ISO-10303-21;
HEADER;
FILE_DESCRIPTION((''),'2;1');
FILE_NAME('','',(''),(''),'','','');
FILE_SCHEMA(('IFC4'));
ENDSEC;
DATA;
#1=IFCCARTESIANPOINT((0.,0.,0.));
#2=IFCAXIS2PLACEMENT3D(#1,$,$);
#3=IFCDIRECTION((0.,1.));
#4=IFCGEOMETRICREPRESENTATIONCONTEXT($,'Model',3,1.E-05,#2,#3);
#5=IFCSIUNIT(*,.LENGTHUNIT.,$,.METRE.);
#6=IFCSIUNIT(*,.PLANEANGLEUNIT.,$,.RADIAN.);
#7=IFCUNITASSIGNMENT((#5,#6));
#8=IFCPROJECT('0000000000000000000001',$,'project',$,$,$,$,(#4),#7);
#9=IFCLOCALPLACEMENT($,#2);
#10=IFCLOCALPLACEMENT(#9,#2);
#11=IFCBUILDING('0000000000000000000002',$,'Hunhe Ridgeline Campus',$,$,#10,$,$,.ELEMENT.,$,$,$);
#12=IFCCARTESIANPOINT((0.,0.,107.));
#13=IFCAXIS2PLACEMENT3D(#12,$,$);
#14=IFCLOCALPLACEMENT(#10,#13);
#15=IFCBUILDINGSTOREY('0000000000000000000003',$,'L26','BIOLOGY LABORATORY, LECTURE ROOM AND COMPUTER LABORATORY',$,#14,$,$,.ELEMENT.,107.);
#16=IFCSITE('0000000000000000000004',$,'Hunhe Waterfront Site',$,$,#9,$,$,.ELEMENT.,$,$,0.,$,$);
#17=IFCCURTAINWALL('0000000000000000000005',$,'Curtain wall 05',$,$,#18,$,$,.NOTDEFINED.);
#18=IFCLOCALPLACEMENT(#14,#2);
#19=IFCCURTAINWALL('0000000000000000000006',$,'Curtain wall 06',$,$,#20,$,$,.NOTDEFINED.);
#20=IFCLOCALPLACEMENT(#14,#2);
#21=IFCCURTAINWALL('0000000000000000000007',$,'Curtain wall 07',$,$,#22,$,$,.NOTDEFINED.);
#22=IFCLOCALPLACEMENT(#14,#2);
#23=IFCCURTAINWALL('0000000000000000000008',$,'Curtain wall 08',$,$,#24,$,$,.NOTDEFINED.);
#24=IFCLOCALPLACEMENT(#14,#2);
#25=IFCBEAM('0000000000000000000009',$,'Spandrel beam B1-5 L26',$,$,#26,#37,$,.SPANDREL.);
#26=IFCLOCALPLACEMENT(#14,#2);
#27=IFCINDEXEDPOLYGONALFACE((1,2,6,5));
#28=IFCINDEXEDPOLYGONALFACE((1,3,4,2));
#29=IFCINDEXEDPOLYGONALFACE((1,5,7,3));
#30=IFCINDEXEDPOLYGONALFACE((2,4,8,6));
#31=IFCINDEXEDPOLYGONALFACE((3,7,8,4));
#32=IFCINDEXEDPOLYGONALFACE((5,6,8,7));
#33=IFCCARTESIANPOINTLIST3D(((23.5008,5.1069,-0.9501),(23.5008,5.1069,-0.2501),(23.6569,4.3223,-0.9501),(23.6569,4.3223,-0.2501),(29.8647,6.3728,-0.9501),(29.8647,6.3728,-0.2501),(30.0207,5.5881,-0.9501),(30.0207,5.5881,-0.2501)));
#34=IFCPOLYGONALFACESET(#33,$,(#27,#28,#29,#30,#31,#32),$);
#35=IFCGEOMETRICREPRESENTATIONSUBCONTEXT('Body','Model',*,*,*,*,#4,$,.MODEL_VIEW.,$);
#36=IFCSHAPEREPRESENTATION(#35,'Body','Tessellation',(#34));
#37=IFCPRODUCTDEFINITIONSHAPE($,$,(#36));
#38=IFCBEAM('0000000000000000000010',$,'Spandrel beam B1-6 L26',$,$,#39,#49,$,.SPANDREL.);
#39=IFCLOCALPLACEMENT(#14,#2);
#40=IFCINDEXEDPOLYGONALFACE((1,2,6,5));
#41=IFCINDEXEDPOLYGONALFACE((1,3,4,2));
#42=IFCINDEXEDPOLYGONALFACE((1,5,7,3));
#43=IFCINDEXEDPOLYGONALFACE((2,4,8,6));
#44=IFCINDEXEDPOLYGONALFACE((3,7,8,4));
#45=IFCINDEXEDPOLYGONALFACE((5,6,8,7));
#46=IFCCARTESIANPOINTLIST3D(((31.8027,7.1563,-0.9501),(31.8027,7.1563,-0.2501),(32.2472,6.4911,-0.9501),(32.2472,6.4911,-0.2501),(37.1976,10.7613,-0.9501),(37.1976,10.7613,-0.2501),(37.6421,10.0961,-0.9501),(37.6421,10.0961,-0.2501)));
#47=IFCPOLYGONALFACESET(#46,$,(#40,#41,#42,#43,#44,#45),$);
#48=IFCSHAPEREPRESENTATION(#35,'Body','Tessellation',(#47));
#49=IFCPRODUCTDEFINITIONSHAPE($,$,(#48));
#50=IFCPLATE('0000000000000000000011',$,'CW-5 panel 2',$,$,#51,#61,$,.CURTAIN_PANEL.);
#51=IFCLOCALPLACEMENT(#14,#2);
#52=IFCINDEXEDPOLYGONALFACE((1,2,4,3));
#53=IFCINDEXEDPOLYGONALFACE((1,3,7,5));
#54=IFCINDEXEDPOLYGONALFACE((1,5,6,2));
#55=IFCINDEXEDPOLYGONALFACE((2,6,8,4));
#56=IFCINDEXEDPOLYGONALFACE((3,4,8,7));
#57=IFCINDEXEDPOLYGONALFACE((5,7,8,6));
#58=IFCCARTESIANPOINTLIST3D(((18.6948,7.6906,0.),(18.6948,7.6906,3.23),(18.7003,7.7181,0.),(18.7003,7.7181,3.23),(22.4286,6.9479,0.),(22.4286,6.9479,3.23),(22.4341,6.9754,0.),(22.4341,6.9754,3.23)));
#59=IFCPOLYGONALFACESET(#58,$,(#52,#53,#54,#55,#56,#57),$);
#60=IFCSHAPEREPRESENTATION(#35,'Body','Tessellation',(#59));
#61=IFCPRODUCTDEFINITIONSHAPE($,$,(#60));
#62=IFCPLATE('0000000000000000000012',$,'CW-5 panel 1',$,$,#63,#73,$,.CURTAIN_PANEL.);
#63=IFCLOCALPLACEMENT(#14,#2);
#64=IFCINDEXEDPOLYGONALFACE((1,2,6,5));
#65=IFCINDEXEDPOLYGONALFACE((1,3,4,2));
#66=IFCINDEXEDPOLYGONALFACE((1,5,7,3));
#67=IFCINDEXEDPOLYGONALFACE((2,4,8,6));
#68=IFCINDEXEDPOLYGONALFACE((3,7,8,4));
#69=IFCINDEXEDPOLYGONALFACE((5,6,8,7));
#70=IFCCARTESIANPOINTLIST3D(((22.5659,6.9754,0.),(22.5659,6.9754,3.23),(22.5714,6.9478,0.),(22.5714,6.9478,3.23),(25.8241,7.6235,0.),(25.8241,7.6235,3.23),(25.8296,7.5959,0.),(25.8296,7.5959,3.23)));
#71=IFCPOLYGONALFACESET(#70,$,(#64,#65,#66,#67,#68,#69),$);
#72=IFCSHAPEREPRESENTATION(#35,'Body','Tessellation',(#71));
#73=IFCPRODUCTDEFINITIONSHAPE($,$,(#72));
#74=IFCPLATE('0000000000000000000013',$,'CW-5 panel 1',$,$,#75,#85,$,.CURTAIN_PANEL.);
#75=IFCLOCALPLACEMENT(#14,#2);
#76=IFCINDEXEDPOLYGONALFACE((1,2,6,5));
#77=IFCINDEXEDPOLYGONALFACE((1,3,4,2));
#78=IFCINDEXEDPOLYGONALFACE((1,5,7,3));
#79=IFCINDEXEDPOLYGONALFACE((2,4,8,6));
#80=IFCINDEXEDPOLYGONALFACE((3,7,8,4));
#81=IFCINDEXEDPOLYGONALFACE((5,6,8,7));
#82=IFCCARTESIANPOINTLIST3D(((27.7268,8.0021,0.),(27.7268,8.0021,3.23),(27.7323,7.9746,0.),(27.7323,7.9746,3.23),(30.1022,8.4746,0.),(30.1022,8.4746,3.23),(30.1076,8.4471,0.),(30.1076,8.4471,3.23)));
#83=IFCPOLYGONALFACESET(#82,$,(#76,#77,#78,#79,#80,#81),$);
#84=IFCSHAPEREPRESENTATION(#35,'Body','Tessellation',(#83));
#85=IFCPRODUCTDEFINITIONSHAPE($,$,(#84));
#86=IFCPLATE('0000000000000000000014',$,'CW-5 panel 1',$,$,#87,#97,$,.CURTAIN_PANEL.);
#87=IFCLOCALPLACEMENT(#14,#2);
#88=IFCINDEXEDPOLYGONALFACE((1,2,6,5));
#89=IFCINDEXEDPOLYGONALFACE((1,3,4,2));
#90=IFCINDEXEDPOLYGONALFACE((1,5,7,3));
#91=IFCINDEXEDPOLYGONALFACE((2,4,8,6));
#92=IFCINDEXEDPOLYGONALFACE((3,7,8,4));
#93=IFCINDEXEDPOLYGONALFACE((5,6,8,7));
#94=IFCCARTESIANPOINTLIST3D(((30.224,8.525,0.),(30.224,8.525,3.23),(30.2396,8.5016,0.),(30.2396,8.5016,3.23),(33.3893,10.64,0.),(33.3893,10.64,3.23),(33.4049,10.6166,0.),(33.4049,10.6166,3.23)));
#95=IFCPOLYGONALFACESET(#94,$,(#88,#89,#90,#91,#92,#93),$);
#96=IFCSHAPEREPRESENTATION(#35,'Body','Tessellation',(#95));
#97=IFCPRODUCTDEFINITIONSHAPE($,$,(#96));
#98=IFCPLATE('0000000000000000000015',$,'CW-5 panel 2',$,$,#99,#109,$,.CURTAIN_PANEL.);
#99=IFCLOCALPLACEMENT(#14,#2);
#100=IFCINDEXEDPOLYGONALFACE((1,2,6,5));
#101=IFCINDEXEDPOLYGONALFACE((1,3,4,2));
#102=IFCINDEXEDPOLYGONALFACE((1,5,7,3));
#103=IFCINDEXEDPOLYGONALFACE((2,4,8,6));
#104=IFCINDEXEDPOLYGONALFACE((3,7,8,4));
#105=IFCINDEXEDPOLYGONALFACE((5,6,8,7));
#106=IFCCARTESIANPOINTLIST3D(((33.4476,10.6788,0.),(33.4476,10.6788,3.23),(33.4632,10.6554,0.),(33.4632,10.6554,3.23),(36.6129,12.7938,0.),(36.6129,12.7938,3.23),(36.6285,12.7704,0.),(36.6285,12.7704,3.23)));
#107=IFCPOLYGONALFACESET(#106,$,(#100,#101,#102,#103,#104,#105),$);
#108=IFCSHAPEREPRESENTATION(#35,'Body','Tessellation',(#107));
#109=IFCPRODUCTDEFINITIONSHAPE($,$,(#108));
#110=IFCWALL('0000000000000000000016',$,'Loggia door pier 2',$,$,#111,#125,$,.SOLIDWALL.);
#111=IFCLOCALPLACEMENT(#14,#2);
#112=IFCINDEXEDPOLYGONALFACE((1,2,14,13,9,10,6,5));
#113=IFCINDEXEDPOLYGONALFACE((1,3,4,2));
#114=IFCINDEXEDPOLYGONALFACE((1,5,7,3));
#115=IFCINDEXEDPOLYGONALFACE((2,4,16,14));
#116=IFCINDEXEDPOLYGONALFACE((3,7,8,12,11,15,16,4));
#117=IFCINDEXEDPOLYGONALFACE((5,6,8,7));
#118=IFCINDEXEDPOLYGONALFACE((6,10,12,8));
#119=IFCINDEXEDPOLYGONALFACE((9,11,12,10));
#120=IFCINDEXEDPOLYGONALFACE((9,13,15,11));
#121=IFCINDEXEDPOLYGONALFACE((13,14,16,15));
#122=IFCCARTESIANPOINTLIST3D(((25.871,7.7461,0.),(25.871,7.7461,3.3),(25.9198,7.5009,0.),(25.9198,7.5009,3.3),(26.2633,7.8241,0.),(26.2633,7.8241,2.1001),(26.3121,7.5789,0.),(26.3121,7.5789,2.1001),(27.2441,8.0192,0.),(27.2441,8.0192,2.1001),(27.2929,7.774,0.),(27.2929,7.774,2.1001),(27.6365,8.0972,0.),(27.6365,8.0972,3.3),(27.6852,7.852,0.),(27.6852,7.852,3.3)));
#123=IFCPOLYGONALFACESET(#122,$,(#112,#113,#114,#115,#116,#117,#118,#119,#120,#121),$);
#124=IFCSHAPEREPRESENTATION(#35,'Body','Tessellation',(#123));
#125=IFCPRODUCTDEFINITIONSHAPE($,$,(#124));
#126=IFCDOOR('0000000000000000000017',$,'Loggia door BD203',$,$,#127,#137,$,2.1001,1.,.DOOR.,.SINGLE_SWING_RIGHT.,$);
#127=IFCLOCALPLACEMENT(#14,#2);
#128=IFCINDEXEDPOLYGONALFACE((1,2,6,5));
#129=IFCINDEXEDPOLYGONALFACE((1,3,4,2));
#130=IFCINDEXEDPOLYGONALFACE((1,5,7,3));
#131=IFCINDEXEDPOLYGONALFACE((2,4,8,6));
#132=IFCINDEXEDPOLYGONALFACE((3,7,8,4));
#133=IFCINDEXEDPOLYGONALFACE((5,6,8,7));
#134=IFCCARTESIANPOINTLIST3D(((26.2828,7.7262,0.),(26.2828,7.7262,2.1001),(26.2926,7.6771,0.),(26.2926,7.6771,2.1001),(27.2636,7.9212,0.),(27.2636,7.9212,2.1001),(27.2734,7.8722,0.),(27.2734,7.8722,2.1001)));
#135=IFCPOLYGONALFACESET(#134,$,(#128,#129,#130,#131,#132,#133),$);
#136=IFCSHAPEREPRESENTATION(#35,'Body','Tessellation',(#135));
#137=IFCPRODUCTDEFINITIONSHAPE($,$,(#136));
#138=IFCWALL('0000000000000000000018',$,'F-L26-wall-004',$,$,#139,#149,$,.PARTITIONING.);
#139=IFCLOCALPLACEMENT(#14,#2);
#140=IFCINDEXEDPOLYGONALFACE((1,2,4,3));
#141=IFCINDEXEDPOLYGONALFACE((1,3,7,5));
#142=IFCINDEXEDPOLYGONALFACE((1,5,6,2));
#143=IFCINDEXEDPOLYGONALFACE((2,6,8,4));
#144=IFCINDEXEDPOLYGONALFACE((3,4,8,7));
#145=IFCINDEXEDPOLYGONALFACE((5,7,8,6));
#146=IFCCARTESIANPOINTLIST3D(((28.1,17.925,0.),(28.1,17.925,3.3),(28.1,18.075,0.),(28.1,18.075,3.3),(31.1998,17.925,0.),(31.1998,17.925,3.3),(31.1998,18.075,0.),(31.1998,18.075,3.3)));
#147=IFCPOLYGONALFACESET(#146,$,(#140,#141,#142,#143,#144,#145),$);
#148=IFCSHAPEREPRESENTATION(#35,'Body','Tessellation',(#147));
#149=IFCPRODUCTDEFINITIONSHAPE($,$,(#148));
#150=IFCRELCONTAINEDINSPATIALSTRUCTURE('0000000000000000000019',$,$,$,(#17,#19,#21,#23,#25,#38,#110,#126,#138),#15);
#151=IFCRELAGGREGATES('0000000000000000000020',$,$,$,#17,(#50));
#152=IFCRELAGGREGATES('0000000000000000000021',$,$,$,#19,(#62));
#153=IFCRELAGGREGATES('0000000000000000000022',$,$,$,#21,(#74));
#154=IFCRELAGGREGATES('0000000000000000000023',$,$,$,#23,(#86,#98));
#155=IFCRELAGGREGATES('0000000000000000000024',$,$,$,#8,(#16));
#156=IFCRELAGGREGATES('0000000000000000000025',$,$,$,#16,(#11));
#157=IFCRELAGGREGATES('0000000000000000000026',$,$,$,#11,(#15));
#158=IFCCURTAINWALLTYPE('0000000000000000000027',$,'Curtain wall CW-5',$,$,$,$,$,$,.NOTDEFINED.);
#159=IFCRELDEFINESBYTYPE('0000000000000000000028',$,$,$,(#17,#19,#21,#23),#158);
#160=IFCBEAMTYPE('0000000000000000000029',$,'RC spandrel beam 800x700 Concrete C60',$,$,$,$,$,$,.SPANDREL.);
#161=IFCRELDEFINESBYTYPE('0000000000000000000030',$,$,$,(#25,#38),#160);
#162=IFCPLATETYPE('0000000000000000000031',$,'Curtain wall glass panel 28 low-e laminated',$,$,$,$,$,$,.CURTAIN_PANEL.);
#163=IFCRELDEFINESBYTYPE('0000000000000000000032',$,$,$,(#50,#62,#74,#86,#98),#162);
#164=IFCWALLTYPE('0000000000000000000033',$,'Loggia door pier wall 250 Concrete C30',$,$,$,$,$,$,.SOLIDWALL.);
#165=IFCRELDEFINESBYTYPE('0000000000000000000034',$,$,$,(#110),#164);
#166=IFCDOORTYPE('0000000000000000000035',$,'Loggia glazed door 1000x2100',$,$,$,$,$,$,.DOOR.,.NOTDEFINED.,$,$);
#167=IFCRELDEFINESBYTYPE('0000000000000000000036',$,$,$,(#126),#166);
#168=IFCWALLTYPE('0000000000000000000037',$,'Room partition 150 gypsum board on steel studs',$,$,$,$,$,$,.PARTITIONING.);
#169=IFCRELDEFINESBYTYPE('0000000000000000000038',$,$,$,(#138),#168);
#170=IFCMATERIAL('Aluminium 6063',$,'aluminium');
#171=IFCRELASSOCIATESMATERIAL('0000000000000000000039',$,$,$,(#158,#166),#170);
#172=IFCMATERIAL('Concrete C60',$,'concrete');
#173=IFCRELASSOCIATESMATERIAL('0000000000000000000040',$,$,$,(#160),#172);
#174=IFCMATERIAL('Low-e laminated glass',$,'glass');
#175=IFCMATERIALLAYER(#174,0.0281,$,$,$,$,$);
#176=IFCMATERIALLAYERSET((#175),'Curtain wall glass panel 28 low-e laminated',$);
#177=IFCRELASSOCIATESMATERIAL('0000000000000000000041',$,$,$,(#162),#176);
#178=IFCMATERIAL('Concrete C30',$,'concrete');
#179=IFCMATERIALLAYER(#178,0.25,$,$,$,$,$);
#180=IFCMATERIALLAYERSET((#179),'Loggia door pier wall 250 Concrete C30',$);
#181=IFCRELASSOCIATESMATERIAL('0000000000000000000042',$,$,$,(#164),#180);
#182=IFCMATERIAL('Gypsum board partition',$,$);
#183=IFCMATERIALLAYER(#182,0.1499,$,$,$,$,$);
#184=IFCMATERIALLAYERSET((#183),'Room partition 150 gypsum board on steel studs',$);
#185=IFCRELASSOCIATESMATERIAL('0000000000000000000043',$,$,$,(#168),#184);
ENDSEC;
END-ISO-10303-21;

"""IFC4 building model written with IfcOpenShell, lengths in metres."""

from ifc_helpers import new_model, si_unit, direction, frame, frame_2d, origin, origin_2d, place, context, subcontext, project, spatial, rectangle, extrude, material, layer, layer_set, material_profile, profile_set, type_object, element, fill, aggregate, save


model = new_model("IFC4")

# Units and contexts
model_context = context("Model", 3, precision=1e-05, world=origin(), true_north=direction((0.0, 1.0)))
body_context = subcontext(model_context, "Body", "Model", "MODEL_VIEW")
ifc_project = project(units=[si_unit("LENGTHUNIT", "METRE"), si_unit("PLANEANGLEUNIT", "RADIAN")], contexts=[model_context])

# Site, building, storey
site_placement = place(None, origin())
site = spatial("IfcSite", under=ifc_project, at=site_placement, Name="Hunhe Waterfront Site", CompositionType="ELEMENT", RefElevation=0.0)
building_placement = place(site_placement, origin())
building = spatial("IfcBuilding", under=site, at=building_placement, Name="Hunhe Ridgeline Campus", CompositionType="ELEMENT")
storey_placement = place(building_placement, frame((0.0, 0.0, 107.0)))
storey = spatial("IfcBuildingStorey", under=building, at=storey_placement, Name="L26", Description="BIOLOGY LABORATORY, LECTURE ROOM AND COMPUTER LABORATORY", CompositionType="ELEMENT", Elevation=107.0)

# Curtain wall
ifc_material_1 = material(Name="Aluminium 6063", Category="aluminium")
curtain_wall_type = type_object("IfcCurtainWallType", Name="Curtain wall CW-5", PredefinedType="NOTDEFINED", material=ifc_material_1)
curtain_wall_1_placement = place(storey_placement, origin())
curtain_wall_1 = element("IfcCurtainWall", 1, at=curtain_wall_1_placement, inside=storey, type_object=curtain_wall_type, Name="Curtain wall 05", PredefinedType="NOTDEFINED")

# Curtain walls
curtain_wall_2_placement = place(storey_placement, origin())
curtain_wall_2 = element("IfcCurtainWall", 2, at=curtain_wall_2_placement, inside=storey, type_object=curtain_wall_type, Name="Curtain wall 06", PredefinedType="NOTDEFINED")
curtain_wall_3_placement = place(storey_placement, origin())
curtain_wall_3 = element("IfcCurtainWall", 3, at=curtain_wall_3_placement, inside=storey, type_object=curtain_wall_type, Name="Curtain wall 07", PredefinedType="NOTDEFINED")
curtain_wall_4_placement = place(storey_placement, origin())
curtain_wall_4 = element("IfcCurtainWall", 4, at=curtain_wall_4_placement, inside=storey, type_object=curtain_wall_type, Name="Curtain wall 08", PredefinedType="NOTDEFINED")

# Beams
ifc_material_2 = material(Name="Concrete C60", Category="concrete")
ifc_material_profile_1 = material_profile(ifc_material_2, rectangle(XDim=0.8, YDim=0.7, at=origin_2d()))
ifc_profile_set_1 = profile_set([ifc_material_profile_1], Name="Concrete C60")
beam_type = type_object("IfcBeamType", Name="RC spandrel beam 800x700 Concrete C60", PredefinedType="SPANDREL", material=ifc_profile_set_1)
for number, where, z_axis, x_axis, name in (
    (5, (23.5789, 4.7146, -0.6001), (0.980784, 0.195096, 0.0), (-0.195096, 0.980784, 0.0), "Spandrel beam B1-5 L26"),
    (6, (32.0249, 6.8237, -0.6001), (0.831459, 0.555586, 0.0), (-0.555586, 0.831459, 0.0), "Spandrel beam B1-6 L26"),
):
    element("IfcBeam", number, at=place(storey_placement, frame(where, z_axis=z_axis, x_axis=x_axis)), inside=storey, type_object=beam_type, Name=name, PredefinedType="SPANDREL", context=body_context, shape_type="SweptSolid", body=[
        extrude(rectangle(XDim=0.8, YDim=0.7, at=origin_2d()), origin(), (0.0, 0.0, 1.0), 6.4885),
    ])

# Plates
ifc_material_3 = material(Name="Low-e laminated glass", Category="glass")
ifc_layer_1 = layer(ifc_material_3, 0.0281)
ifc_layer_set_1 = layer_set([ifc_layer_1], Name="Curtain wall glass panel 28 low-e laminated")
plate_type = type_object("IfcPlateType", Name="Curtain wall glass panel 28 low-e laminated", PredefinedType="CURTAIN_PANEL", material=ifc_layer_set_1)
plate_1_placement = place(storey_placement, frame((20.5645, 7.333, 0.0), z_axis=(0.0, 0.0, 1.0), x_axis=(0.980785, -0.19509, 0.0)))
plate_1 = element("IfcPlate", 7, at=plate_1_placement, type_object=plate_type, Name="CW-5 panel 2", PredefinedType="CURTAIN_PANEL", context=body_context, shape_type="SweptSolid", body=[
    extrude(rectangle(XDim=3.8069, YDim=0.0281, at=origin_2d()), origin(), (0.0, 0.0, 1.0), 3.23),
])
aggregate(curtain_wall_1, [plate_1])
plate_2_placement = place(storey_placement, frame((24.1978, 7.2856, 0.0), z_axis=(0.0, 0.0, 1.0), x_axis=(0.980785, 0.19509, 0.0)))
plate_2 = element("IfcPlate", 8, at=plate_2_placement, type_object=plate_type, Name="CW-5 panel 1", PredefinedType="CURTAIN_PANEL", context=body_context, shape_type="SweptSolid", body=[
    extrude(rectangle(XDim=3.322, YDim=0.0281, at=origin_2d()), origin(), (0.0, 0.0, 1.0), 3.23),
])
aggregate(curtain_wall_2, [plate_2])
plate_3_placement = place(storey_placement, frame((28.9172, 8.2246, 0.0), z_axis=(0.0, 0.0, 1.0), x_axis=(0.980785, 0.195091, 0.0)))
plate_3 = element("IfcPlate", 9, at=plate_3_placement, type_object=plate_type, Name="CW-5 panel 1", PredefinedType="CURTAIN_PANEL", context=body_context, shape_type="SweptSolid", body=[
    extrude(rectangle(XDim=2.4219, YDim=0.0281, at=origin_2d()), origin(), (0.0, 0.0, 1.0), 3.23),
])
aggregate(curtain_wall_3, [plate_3])
plate_4_placement = place(storey_placement, frame((31.8145, 9.5708, 0.0), z_axis=(0.0, 0.0, 1.0), x_axis=(0.83147, 0.55557, 0.0)))
plate_4 = element("IfcPlate", 10, at=plate_4_placement, type_object=plate_type, Name="CW-5 panel 1", PredefinedType="CURTAIN_PANEL", context=body_context, shape_type="SweptSolid", body=[
    extrude(rectangle(XDim=3.8069, YDim=0.0281, at=origin_2d()), origin(), (0.0, 0.0, 1.0), 3.23),
])
plate_5_placement = place(storey_placement, frame((35.0381, 11.7246, 0.0), z_axis=(0.0, 0.0, 1.0), x_axis=(0.83147, 0.55557, 0.0)))
plate_5 = element("IfcPlate", 11, at=plate_5_placement, type_object=plate_type, Name="CW-5 panel 2", PredefinedType="CURTAIN_PANEL", context=body_context, shape_type="SweptSolid", body=[
    extrude(rectangle(XDim=3.8069, YDim=0.0281, at=origin_2d()), origin(), (0.0, 0.0, 1.0), 3.23),
])
aggregate(curtain_wall_4, [plate_4, plate_5])

# Wall, opening, door
ifc_material_4 = material(Name="Gypsum board partition")
ifc_material_5 = material(Name="Concrete C30", Category="concrete")
ifc_layer_2 = layer(ifc_material_5, 0.25)
ifc_layer_set_2 = layer_set([ifc_layer_2], Name="Loggia door pier wall 250 Concrete C30")
wall_type_1 = type_object("IfcWallType", Name="Loggia door pier wall 250 Concrete C30", PredefinedType="SOLIDWALL", material=ifc_layer_set_2)
wall_1_placement = place(storey_placement, frame((25.8955, 7.6235, 0.0), z_axis=(0.0, 0.0, 1.0), x_axis=(0.980794, 0.195047, 0.0)))
wall_1 = element("IfcWall", 12, at=wall_1_placement, inside=storey, type_object=wall_type_1, Name="Loggia door pier 2", PredefinedType="SOLIDWALL", context=body_context, shape_type="SweptSolid", body=[
    extrude(rectangle(XDim=1.8, YDim=0.25, at=frame_2d((0.8999, 0.0))), origin(), (0.0, 0.0, 1.0), 3.3),
])
opening_1_placement = place(wall_1_placement, frame((0.3999, 0.0, 0.0)))
opening_1 = element("IfcOpeningElement", 13, at=opening_1_placement, cuts=wall_1, PredefinedType="OPENING", context=body_context, shape_type="SweptSolid", body=[
    extrude(rectangle(XDim=1.0, YDim=2.1001, at=frame_2d((0.5, 1.05))), frame((0.0, 0.125, 0.0), z_axis=(0.0, -1.0, 0.0), x_axis=(1.0, 0.0, 0.0)), (0.0, 0.0, 1.0), 0.25),
])
door_type_1 = type_object("IfcDoorType", Name="Loggia glazed door 1000x2100", OperationType="NOTDEFINED", PredefinedType="DOOR", material=ifc_material_1)
door_1_placement = place(opening_1_placement, frame((1.0, 0.0, 0.0), z_axis=(0.0, 0.0, 1.0), x_axis=(-1.0, 0.0, 0.0)))
door_1 = element("IfcDoor", 14, at=door_1_placement, inside=storey, type_object=door_type_1, Name="Loggia door BD203", OperationType="SINGLE_SWING_RIGHT", OverallHeight=2.1001, OverallWidth=1.0, PredefinedType="DOOR", context=body_context, shape_type="SweptSolid", body=[
    extrude(rectangle(XDim=1.0, YDim=2.1001, at=frame_2d((0.5, 1.05))), frame((0.0, 0.0249, 0.0), z_axis=(0.0, -1.0, 0.0), x_axis=(1.0, 0.0, 0.0)), (0.0, 0.0, 1.0), 0.05),
])
fill(opening_1, door_1)

# Wall
ifc_layer_3 = layer(ifc_material_4, 0.1499)
ifc_layer_set_3 = layer_set([ifc_layer_3], Name="Room partition 150 gypsum board on steel studs")
wall_type_2 = type_object("IfcWallType", Name="Room partition 150 gypsum board on steel studs", PredefinedType="PARTITIONING", material=ifc_layer_set_3)
wall_2_placement = place(storey_placement, frame((28.1001, 18.0, 0.0), z_axis=(0.0, 0.0, 1.0), x_axis=(1.0, 0.0, 0.0)))
element("IfcWall", 15, at=wall_2_placement, inside=storey, type_object=wall_type_2, Name="F-L26-wall-004", PredefinedType="PARTITIONING", context=body_context, shape_type="SweptSolid", body=[
    extrude(rectangle(XDim=3.0999, YDim=0.1499, at=frame_2d((1.5498, 0.0))), origin(), (0.0, 0.0, 1.0), 3.3),
])

save(model, "model.ifc")
